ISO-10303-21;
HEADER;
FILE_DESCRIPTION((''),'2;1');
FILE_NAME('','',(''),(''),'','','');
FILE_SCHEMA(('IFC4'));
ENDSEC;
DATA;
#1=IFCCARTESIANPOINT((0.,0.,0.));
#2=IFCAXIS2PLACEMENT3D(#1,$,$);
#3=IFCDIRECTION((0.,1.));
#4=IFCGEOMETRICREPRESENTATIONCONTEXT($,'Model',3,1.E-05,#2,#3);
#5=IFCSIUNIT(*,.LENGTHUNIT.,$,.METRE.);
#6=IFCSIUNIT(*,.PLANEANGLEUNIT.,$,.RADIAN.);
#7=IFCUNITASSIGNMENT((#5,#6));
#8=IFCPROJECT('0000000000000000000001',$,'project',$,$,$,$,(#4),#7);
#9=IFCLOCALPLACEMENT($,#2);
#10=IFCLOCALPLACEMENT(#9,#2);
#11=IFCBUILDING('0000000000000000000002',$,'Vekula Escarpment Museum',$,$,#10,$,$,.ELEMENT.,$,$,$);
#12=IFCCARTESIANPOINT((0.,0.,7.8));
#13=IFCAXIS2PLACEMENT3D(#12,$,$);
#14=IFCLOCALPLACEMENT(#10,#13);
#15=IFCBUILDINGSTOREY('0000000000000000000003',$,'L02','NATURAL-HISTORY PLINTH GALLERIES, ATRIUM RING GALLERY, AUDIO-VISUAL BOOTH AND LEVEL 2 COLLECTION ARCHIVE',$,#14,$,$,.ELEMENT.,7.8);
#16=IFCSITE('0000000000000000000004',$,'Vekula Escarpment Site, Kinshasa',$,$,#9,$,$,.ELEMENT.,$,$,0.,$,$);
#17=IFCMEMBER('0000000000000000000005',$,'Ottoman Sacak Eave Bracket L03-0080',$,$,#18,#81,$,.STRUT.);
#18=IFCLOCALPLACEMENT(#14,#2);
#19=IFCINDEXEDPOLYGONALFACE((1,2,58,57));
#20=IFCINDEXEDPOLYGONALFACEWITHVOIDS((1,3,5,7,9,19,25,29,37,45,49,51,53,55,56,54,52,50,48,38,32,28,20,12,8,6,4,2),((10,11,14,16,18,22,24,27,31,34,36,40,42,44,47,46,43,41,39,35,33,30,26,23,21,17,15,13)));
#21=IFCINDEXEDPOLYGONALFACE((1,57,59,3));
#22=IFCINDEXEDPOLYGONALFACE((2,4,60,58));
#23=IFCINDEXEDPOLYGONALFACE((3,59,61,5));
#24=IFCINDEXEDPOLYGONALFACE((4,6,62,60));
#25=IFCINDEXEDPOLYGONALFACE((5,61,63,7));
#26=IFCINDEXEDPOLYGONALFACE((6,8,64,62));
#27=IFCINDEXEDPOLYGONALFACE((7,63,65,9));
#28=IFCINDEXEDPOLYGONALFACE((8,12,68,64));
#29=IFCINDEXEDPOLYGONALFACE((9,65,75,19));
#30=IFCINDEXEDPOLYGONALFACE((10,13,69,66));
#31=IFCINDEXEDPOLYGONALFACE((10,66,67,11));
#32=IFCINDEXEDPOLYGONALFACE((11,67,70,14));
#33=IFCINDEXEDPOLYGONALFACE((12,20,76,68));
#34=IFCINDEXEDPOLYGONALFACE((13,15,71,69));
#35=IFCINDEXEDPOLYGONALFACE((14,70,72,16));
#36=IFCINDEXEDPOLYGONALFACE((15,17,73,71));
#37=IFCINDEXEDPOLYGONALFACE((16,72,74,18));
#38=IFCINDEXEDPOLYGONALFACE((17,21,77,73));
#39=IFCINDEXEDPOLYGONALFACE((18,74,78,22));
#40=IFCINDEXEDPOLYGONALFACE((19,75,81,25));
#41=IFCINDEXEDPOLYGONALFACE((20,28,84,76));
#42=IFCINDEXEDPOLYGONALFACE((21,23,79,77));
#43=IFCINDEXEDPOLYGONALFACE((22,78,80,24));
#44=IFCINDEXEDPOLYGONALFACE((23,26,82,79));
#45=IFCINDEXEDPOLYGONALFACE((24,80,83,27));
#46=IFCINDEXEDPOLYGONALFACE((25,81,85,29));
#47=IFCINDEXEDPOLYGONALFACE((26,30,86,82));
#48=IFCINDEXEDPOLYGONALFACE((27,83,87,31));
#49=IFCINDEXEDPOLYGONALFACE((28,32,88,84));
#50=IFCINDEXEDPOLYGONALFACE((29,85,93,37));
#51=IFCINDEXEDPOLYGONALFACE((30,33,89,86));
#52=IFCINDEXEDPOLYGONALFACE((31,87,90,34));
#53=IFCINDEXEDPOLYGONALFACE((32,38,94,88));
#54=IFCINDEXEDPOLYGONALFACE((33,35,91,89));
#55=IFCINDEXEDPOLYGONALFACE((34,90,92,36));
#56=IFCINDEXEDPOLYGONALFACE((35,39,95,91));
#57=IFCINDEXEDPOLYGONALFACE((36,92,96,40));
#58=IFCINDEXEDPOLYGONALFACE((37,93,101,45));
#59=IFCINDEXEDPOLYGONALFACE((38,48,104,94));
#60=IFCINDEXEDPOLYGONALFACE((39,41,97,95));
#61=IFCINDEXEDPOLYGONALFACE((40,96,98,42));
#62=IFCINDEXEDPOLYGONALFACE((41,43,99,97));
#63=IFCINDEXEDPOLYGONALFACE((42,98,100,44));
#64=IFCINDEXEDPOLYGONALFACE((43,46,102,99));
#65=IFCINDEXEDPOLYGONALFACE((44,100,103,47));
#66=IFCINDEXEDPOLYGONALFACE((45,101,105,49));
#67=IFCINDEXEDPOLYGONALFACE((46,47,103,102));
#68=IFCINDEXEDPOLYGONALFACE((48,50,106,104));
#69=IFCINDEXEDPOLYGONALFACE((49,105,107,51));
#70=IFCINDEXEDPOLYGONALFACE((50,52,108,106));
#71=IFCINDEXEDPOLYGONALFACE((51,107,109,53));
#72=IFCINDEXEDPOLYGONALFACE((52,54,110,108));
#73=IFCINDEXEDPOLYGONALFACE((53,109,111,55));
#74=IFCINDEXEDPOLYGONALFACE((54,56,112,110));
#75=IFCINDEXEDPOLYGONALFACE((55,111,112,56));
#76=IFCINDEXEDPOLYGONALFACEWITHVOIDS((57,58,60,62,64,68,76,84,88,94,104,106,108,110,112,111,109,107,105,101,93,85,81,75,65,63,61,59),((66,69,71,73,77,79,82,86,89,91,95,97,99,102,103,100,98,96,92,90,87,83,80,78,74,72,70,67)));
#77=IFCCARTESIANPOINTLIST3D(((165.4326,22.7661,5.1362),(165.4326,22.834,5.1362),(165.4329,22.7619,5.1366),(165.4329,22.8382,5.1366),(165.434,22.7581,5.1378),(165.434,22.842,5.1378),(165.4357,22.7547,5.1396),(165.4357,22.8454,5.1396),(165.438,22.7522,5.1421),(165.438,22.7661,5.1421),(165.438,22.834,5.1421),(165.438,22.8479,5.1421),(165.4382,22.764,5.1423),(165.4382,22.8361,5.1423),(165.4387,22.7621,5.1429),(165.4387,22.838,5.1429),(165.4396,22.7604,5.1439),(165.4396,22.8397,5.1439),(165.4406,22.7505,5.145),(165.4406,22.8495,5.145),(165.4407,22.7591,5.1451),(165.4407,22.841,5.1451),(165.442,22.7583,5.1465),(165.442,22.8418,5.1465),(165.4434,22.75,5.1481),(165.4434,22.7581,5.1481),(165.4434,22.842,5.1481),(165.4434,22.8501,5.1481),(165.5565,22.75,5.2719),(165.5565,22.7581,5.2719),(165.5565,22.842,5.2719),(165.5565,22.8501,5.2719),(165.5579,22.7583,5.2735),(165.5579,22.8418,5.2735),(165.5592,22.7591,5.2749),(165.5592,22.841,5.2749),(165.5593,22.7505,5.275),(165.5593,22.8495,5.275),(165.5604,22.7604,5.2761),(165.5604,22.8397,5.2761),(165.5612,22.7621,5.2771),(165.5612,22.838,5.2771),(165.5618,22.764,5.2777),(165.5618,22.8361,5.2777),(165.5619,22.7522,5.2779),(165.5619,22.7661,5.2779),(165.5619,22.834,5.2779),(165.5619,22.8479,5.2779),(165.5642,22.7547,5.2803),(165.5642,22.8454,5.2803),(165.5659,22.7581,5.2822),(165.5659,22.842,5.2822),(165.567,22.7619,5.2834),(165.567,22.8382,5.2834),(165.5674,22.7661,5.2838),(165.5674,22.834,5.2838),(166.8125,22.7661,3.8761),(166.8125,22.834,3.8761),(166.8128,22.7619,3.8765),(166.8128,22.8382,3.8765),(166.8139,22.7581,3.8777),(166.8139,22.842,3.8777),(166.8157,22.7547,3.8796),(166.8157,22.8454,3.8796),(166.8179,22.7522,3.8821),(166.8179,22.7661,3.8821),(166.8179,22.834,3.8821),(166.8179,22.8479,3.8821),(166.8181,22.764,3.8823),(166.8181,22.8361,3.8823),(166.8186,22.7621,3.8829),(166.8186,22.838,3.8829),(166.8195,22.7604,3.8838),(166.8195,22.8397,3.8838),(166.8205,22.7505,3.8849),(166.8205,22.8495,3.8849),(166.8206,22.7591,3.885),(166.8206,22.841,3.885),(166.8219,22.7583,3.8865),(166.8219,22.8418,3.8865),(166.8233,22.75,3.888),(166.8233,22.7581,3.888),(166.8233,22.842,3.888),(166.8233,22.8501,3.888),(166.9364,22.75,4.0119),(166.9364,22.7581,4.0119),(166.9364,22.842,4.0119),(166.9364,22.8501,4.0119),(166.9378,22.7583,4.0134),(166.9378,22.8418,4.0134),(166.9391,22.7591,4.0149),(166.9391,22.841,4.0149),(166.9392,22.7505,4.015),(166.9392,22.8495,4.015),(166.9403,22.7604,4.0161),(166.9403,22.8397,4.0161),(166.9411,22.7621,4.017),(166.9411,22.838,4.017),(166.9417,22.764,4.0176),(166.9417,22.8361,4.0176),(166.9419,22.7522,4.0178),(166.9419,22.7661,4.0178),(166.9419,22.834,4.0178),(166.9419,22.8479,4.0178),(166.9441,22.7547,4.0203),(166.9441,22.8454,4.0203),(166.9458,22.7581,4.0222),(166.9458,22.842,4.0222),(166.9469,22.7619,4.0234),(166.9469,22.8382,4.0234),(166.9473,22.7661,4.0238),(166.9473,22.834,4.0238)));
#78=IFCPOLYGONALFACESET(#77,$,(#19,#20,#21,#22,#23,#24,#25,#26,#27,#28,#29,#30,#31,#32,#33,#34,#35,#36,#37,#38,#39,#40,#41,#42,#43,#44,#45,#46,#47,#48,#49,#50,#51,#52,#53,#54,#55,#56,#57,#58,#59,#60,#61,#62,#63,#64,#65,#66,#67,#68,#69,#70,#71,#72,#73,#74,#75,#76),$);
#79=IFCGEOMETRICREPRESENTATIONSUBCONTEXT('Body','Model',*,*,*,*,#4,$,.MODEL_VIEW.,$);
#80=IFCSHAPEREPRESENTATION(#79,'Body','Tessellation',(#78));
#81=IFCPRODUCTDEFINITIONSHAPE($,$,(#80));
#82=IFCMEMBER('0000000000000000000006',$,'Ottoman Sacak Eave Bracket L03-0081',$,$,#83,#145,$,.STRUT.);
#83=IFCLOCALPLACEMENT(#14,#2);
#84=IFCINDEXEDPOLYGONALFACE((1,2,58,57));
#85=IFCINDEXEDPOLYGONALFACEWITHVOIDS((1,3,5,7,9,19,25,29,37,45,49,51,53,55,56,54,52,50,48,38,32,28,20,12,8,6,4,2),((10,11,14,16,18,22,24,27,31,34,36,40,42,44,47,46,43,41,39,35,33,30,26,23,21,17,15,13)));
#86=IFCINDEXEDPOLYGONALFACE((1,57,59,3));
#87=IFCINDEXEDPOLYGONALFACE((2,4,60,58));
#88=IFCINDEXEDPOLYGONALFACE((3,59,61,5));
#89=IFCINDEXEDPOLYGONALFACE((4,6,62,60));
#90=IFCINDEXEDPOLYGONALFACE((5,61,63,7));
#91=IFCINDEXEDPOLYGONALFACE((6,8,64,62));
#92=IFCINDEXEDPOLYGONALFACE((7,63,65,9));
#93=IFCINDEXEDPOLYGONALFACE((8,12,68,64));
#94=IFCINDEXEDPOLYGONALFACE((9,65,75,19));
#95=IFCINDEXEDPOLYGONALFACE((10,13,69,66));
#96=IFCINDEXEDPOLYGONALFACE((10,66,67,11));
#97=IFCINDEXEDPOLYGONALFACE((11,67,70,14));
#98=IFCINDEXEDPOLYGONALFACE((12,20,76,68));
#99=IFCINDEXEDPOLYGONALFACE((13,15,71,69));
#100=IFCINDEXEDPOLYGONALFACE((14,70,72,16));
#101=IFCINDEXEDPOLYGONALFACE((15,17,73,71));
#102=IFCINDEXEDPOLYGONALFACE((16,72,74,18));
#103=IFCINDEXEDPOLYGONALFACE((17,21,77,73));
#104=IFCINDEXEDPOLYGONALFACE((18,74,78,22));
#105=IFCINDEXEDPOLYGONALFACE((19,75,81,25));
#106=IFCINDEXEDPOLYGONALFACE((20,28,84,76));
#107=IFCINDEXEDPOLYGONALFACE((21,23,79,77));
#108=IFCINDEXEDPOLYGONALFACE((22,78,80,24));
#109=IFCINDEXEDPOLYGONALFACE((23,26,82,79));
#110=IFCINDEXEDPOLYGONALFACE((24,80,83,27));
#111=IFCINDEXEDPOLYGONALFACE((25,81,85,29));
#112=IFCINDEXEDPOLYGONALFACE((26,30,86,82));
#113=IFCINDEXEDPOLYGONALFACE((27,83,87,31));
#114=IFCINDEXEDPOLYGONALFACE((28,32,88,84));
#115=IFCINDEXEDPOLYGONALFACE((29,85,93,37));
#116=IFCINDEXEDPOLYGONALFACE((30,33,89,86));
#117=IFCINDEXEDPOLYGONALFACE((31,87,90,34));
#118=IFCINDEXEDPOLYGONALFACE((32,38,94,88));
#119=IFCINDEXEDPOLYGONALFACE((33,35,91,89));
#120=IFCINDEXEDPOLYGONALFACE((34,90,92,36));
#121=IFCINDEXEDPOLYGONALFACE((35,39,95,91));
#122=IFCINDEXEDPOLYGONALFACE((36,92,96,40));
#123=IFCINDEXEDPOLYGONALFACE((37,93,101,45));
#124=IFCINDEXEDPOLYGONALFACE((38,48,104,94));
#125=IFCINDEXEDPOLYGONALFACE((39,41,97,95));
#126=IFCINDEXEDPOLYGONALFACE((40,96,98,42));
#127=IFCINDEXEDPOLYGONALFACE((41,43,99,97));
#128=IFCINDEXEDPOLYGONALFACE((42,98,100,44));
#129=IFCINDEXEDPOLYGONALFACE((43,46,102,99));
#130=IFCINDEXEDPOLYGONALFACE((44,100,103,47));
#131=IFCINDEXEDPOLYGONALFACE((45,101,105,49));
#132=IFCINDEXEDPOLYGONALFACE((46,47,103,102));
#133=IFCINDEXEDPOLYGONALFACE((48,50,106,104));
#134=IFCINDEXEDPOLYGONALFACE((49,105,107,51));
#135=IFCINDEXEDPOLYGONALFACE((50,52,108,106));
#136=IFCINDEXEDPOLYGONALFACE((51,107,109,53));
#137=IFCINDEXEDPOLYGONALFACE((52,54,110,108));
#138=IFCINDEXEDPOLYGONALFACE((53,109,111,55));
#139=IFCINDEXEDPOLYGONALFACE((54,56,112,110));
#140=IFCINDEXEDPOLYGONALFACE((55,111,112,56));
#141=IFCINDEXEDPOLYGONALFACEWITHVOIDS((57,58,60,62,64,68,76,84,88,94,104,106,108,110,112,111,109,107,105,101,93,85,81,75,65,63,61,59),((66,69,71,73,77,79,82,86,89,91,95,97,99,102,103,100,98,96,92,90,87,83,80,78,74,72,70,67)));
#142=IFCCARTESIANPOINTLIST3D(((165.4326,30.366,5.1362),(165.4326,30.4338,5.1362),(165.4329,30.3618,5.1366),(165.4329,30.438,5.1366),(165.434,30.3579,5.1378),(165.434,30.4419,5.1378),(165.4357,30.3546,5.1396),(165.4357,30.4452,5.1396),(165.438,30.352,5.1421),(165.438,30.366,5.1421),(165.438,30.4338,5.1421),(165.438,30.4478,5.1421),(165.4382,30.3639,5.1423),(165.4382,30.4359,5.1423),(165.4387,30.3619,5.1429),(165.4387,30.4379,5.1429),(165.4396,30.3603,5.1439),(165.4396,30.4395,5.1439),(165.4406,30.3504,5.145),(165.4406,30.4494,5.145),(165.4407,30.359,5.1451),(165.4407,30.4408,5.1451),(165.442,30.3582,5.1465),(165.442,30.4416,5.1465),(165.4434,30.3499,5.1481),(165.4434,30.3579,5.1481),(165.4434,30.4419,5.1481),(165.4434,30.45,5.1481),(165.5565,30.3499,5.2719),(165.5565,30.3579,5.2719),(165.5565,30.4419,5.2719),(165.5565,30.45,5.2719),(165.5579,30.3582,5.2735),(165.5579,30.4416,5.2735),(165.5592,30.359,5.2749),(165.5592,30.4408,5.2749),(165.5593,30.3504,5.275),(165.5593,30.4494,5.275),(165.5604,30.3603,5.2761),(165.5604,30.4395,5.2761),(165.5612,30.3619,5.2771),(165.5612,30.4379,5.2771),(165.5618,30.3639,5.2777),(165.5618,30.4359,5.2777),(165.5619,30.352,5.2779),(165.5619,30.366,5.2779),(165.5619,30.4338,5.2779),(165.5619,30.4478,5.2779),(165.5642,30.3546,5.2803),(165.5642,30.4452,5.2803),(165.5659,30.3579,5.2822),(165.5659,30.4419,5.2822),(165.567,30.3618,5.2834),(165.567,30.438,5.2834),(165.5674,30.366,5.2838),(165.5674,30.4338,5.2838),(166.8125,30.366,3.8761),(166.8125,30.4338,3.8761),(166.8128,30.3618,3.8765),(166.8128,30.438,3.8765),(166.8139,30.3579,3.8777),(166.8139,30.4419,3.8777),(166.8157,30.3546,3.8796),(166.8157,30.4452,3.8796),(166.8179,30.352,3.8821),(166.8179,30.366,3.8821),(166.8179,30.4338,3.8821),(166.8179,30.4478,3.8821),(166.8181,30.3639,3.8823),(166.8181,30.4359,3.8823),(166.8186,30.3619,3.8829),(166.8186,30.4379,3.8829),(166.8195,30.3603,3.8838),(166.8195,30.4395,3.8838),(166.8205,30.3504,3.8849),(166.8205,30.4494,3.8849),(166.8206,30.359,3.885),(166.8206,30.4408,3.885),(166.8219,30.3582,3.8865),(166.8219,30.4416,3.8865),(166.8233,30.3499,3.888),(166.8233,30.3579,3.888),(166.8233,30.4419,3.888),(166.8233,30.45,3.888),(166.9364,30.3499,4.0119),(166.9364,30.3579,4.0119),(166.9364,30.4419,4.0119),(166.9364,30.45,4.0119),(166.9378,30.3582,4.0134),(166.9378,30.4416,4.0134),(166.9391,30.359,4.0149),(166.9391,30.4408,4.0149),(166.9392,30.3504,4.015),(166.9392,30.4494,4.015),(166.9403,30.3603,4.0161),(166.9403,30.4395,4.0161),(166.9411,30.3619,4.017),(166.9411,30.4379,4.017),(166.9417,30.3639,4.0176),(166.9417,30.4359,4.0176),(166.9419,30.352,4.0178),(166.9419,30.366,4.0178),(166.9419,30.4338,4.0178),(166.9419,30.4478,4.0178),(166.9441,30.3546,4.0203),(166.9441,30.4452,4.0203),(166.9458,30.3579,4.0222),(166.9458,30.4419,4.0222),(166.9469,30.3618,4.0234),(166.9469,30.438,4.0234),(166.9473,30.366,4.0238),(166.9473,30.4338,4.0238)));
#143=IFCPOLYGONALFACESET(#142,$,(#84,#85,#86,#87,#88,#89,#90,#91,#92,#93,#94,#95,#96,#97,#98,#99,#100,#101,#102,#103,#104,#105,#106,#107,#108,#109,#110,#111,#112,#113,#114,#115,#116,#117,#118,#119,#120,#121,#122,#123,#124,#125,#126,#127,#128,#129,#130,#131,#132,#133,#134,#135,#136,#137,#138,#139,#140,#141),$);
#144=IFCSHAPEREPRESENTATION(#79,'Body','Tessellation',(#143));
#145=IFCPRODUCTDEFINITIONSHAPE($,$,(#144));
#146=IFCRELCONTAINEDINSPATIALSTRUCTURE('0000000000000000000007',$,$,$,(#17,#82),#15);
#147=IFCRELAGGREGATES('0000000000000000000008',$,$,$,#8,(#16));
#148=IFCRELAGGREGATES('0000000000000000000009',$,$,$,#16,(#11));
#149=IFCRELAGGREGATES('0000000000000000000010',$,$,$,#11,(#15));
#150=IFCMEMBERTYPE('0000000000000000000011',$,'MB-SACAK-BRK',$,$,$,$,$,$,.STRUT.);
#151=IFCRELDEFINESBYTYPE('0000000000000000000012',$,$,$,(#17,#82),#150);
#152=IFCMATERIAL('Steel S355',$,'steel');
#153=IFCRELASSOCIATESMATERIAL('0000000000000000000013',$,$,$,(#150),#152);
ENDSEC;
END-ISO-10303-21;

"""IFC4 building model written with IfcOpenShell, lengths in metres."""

from ifc_helpers import new_model, si_unit, direction, frame, origin, origin_2d, place, context, subcontext, project, spatial, hollow_rectangle, extrude, material, material_profile, profile_set, type_object, element, save


model = new_model("IFC4")

# Units and contexts
model_context = context("Model", 3, precision=1e-05, world=origin(), true_north=direction((0.0, 1.0)))
body_context = subcontext(model_context, "Body", "Model", "MODEL_VIEW")
ifc_project = project(units=[si_unit("LENGTHUNIT", "METRE"), si_unit("PLANEANGLEUNIT", "RADIAN")], contexts=[model_context])

# Site, building, storey
site_placement = place(None, origin())
site = spatial("IfcSite", under=ifc_project, at=site_placement, Name="Vekula Escarpment Site, Kinshasa", CompositionType="ELEMENT", RefElevation=0.0)
building_placement = place(site_placement, origin())
building = spatial("IfcBuilding", under=site, at=building_placement, Name="Vekula Escarpment Museum", CompositionType="ELEMENT")
storey_placement = place(building_placement, frame((0.0, 0.0, 7.8)))
storey = spatial("IfcBuildingStorey", under=building, at=storey_placement, Name="L02", Description="NATURAL-HISTORY PLINTH GALLERIES, ATRIUM RING GALLERY, AUDIO-VISUAL BOOTH AND LEVEL 2 COLLECTION ARCHIVE", CompositionType="ELEMENT", Elevation=7.8)

# Members
ifc_material_1 = material(Name="Steel S355", Category="steel")
ifc_material_profile_1 = material_profile(ifc_material_1, hollow_rectangle(XDim=0.1001, YDim=0.2, WallThickness=0.0081, InnerFilletRadius=0.0081, OuterFilletRadius=0.0161, at=origin_2d()), Name="RHS 200x100x8")
ifc_profile_set_1 = profile_set([ifc_material_profile_1], Name="Steel S355")
member_type = type_object("IfcMemberType", Name="MB-SACAK-BRK", PredefinedType="STRUT", material=ifc_profile_set_1)
for number, where, z_axis, x_axis, name in (
    (1, (166.8799, 22.8, 3.95), (-0.738454, 0.0, 0.674303), (0.0, -1.0, 0.0), "Ottoman Sacak Eave Bracket L03-0080"),
    (2, (166.8799, 30.3999, 3.95), (-0.738454, 0.0, 0.674303), (0.0, -1.0, 0.0), "Ottoman Sacak Eave Bracket L03-0081"),
):
    element("IfcMember", number, at=place(storey_placement, frame(where, z_axis=z_axis, x_axis=x_axis)), inside=storey, type_object=member_type, Name=name, PredefinedType="STRUT", context=body_context, shape_type="SweptSolid", body=[
        extrude(hollow_rectangle(XDim=0.1001, YDim=0.2, WallThickness=0.0081, InnerFilletRadius=0.0081, OuterFilletRadius=0.0161, at=origin_2d()), origin(), (0.0, 0.0, 1.0), 1.8687),
    ])

save(model, "model.ifc")
